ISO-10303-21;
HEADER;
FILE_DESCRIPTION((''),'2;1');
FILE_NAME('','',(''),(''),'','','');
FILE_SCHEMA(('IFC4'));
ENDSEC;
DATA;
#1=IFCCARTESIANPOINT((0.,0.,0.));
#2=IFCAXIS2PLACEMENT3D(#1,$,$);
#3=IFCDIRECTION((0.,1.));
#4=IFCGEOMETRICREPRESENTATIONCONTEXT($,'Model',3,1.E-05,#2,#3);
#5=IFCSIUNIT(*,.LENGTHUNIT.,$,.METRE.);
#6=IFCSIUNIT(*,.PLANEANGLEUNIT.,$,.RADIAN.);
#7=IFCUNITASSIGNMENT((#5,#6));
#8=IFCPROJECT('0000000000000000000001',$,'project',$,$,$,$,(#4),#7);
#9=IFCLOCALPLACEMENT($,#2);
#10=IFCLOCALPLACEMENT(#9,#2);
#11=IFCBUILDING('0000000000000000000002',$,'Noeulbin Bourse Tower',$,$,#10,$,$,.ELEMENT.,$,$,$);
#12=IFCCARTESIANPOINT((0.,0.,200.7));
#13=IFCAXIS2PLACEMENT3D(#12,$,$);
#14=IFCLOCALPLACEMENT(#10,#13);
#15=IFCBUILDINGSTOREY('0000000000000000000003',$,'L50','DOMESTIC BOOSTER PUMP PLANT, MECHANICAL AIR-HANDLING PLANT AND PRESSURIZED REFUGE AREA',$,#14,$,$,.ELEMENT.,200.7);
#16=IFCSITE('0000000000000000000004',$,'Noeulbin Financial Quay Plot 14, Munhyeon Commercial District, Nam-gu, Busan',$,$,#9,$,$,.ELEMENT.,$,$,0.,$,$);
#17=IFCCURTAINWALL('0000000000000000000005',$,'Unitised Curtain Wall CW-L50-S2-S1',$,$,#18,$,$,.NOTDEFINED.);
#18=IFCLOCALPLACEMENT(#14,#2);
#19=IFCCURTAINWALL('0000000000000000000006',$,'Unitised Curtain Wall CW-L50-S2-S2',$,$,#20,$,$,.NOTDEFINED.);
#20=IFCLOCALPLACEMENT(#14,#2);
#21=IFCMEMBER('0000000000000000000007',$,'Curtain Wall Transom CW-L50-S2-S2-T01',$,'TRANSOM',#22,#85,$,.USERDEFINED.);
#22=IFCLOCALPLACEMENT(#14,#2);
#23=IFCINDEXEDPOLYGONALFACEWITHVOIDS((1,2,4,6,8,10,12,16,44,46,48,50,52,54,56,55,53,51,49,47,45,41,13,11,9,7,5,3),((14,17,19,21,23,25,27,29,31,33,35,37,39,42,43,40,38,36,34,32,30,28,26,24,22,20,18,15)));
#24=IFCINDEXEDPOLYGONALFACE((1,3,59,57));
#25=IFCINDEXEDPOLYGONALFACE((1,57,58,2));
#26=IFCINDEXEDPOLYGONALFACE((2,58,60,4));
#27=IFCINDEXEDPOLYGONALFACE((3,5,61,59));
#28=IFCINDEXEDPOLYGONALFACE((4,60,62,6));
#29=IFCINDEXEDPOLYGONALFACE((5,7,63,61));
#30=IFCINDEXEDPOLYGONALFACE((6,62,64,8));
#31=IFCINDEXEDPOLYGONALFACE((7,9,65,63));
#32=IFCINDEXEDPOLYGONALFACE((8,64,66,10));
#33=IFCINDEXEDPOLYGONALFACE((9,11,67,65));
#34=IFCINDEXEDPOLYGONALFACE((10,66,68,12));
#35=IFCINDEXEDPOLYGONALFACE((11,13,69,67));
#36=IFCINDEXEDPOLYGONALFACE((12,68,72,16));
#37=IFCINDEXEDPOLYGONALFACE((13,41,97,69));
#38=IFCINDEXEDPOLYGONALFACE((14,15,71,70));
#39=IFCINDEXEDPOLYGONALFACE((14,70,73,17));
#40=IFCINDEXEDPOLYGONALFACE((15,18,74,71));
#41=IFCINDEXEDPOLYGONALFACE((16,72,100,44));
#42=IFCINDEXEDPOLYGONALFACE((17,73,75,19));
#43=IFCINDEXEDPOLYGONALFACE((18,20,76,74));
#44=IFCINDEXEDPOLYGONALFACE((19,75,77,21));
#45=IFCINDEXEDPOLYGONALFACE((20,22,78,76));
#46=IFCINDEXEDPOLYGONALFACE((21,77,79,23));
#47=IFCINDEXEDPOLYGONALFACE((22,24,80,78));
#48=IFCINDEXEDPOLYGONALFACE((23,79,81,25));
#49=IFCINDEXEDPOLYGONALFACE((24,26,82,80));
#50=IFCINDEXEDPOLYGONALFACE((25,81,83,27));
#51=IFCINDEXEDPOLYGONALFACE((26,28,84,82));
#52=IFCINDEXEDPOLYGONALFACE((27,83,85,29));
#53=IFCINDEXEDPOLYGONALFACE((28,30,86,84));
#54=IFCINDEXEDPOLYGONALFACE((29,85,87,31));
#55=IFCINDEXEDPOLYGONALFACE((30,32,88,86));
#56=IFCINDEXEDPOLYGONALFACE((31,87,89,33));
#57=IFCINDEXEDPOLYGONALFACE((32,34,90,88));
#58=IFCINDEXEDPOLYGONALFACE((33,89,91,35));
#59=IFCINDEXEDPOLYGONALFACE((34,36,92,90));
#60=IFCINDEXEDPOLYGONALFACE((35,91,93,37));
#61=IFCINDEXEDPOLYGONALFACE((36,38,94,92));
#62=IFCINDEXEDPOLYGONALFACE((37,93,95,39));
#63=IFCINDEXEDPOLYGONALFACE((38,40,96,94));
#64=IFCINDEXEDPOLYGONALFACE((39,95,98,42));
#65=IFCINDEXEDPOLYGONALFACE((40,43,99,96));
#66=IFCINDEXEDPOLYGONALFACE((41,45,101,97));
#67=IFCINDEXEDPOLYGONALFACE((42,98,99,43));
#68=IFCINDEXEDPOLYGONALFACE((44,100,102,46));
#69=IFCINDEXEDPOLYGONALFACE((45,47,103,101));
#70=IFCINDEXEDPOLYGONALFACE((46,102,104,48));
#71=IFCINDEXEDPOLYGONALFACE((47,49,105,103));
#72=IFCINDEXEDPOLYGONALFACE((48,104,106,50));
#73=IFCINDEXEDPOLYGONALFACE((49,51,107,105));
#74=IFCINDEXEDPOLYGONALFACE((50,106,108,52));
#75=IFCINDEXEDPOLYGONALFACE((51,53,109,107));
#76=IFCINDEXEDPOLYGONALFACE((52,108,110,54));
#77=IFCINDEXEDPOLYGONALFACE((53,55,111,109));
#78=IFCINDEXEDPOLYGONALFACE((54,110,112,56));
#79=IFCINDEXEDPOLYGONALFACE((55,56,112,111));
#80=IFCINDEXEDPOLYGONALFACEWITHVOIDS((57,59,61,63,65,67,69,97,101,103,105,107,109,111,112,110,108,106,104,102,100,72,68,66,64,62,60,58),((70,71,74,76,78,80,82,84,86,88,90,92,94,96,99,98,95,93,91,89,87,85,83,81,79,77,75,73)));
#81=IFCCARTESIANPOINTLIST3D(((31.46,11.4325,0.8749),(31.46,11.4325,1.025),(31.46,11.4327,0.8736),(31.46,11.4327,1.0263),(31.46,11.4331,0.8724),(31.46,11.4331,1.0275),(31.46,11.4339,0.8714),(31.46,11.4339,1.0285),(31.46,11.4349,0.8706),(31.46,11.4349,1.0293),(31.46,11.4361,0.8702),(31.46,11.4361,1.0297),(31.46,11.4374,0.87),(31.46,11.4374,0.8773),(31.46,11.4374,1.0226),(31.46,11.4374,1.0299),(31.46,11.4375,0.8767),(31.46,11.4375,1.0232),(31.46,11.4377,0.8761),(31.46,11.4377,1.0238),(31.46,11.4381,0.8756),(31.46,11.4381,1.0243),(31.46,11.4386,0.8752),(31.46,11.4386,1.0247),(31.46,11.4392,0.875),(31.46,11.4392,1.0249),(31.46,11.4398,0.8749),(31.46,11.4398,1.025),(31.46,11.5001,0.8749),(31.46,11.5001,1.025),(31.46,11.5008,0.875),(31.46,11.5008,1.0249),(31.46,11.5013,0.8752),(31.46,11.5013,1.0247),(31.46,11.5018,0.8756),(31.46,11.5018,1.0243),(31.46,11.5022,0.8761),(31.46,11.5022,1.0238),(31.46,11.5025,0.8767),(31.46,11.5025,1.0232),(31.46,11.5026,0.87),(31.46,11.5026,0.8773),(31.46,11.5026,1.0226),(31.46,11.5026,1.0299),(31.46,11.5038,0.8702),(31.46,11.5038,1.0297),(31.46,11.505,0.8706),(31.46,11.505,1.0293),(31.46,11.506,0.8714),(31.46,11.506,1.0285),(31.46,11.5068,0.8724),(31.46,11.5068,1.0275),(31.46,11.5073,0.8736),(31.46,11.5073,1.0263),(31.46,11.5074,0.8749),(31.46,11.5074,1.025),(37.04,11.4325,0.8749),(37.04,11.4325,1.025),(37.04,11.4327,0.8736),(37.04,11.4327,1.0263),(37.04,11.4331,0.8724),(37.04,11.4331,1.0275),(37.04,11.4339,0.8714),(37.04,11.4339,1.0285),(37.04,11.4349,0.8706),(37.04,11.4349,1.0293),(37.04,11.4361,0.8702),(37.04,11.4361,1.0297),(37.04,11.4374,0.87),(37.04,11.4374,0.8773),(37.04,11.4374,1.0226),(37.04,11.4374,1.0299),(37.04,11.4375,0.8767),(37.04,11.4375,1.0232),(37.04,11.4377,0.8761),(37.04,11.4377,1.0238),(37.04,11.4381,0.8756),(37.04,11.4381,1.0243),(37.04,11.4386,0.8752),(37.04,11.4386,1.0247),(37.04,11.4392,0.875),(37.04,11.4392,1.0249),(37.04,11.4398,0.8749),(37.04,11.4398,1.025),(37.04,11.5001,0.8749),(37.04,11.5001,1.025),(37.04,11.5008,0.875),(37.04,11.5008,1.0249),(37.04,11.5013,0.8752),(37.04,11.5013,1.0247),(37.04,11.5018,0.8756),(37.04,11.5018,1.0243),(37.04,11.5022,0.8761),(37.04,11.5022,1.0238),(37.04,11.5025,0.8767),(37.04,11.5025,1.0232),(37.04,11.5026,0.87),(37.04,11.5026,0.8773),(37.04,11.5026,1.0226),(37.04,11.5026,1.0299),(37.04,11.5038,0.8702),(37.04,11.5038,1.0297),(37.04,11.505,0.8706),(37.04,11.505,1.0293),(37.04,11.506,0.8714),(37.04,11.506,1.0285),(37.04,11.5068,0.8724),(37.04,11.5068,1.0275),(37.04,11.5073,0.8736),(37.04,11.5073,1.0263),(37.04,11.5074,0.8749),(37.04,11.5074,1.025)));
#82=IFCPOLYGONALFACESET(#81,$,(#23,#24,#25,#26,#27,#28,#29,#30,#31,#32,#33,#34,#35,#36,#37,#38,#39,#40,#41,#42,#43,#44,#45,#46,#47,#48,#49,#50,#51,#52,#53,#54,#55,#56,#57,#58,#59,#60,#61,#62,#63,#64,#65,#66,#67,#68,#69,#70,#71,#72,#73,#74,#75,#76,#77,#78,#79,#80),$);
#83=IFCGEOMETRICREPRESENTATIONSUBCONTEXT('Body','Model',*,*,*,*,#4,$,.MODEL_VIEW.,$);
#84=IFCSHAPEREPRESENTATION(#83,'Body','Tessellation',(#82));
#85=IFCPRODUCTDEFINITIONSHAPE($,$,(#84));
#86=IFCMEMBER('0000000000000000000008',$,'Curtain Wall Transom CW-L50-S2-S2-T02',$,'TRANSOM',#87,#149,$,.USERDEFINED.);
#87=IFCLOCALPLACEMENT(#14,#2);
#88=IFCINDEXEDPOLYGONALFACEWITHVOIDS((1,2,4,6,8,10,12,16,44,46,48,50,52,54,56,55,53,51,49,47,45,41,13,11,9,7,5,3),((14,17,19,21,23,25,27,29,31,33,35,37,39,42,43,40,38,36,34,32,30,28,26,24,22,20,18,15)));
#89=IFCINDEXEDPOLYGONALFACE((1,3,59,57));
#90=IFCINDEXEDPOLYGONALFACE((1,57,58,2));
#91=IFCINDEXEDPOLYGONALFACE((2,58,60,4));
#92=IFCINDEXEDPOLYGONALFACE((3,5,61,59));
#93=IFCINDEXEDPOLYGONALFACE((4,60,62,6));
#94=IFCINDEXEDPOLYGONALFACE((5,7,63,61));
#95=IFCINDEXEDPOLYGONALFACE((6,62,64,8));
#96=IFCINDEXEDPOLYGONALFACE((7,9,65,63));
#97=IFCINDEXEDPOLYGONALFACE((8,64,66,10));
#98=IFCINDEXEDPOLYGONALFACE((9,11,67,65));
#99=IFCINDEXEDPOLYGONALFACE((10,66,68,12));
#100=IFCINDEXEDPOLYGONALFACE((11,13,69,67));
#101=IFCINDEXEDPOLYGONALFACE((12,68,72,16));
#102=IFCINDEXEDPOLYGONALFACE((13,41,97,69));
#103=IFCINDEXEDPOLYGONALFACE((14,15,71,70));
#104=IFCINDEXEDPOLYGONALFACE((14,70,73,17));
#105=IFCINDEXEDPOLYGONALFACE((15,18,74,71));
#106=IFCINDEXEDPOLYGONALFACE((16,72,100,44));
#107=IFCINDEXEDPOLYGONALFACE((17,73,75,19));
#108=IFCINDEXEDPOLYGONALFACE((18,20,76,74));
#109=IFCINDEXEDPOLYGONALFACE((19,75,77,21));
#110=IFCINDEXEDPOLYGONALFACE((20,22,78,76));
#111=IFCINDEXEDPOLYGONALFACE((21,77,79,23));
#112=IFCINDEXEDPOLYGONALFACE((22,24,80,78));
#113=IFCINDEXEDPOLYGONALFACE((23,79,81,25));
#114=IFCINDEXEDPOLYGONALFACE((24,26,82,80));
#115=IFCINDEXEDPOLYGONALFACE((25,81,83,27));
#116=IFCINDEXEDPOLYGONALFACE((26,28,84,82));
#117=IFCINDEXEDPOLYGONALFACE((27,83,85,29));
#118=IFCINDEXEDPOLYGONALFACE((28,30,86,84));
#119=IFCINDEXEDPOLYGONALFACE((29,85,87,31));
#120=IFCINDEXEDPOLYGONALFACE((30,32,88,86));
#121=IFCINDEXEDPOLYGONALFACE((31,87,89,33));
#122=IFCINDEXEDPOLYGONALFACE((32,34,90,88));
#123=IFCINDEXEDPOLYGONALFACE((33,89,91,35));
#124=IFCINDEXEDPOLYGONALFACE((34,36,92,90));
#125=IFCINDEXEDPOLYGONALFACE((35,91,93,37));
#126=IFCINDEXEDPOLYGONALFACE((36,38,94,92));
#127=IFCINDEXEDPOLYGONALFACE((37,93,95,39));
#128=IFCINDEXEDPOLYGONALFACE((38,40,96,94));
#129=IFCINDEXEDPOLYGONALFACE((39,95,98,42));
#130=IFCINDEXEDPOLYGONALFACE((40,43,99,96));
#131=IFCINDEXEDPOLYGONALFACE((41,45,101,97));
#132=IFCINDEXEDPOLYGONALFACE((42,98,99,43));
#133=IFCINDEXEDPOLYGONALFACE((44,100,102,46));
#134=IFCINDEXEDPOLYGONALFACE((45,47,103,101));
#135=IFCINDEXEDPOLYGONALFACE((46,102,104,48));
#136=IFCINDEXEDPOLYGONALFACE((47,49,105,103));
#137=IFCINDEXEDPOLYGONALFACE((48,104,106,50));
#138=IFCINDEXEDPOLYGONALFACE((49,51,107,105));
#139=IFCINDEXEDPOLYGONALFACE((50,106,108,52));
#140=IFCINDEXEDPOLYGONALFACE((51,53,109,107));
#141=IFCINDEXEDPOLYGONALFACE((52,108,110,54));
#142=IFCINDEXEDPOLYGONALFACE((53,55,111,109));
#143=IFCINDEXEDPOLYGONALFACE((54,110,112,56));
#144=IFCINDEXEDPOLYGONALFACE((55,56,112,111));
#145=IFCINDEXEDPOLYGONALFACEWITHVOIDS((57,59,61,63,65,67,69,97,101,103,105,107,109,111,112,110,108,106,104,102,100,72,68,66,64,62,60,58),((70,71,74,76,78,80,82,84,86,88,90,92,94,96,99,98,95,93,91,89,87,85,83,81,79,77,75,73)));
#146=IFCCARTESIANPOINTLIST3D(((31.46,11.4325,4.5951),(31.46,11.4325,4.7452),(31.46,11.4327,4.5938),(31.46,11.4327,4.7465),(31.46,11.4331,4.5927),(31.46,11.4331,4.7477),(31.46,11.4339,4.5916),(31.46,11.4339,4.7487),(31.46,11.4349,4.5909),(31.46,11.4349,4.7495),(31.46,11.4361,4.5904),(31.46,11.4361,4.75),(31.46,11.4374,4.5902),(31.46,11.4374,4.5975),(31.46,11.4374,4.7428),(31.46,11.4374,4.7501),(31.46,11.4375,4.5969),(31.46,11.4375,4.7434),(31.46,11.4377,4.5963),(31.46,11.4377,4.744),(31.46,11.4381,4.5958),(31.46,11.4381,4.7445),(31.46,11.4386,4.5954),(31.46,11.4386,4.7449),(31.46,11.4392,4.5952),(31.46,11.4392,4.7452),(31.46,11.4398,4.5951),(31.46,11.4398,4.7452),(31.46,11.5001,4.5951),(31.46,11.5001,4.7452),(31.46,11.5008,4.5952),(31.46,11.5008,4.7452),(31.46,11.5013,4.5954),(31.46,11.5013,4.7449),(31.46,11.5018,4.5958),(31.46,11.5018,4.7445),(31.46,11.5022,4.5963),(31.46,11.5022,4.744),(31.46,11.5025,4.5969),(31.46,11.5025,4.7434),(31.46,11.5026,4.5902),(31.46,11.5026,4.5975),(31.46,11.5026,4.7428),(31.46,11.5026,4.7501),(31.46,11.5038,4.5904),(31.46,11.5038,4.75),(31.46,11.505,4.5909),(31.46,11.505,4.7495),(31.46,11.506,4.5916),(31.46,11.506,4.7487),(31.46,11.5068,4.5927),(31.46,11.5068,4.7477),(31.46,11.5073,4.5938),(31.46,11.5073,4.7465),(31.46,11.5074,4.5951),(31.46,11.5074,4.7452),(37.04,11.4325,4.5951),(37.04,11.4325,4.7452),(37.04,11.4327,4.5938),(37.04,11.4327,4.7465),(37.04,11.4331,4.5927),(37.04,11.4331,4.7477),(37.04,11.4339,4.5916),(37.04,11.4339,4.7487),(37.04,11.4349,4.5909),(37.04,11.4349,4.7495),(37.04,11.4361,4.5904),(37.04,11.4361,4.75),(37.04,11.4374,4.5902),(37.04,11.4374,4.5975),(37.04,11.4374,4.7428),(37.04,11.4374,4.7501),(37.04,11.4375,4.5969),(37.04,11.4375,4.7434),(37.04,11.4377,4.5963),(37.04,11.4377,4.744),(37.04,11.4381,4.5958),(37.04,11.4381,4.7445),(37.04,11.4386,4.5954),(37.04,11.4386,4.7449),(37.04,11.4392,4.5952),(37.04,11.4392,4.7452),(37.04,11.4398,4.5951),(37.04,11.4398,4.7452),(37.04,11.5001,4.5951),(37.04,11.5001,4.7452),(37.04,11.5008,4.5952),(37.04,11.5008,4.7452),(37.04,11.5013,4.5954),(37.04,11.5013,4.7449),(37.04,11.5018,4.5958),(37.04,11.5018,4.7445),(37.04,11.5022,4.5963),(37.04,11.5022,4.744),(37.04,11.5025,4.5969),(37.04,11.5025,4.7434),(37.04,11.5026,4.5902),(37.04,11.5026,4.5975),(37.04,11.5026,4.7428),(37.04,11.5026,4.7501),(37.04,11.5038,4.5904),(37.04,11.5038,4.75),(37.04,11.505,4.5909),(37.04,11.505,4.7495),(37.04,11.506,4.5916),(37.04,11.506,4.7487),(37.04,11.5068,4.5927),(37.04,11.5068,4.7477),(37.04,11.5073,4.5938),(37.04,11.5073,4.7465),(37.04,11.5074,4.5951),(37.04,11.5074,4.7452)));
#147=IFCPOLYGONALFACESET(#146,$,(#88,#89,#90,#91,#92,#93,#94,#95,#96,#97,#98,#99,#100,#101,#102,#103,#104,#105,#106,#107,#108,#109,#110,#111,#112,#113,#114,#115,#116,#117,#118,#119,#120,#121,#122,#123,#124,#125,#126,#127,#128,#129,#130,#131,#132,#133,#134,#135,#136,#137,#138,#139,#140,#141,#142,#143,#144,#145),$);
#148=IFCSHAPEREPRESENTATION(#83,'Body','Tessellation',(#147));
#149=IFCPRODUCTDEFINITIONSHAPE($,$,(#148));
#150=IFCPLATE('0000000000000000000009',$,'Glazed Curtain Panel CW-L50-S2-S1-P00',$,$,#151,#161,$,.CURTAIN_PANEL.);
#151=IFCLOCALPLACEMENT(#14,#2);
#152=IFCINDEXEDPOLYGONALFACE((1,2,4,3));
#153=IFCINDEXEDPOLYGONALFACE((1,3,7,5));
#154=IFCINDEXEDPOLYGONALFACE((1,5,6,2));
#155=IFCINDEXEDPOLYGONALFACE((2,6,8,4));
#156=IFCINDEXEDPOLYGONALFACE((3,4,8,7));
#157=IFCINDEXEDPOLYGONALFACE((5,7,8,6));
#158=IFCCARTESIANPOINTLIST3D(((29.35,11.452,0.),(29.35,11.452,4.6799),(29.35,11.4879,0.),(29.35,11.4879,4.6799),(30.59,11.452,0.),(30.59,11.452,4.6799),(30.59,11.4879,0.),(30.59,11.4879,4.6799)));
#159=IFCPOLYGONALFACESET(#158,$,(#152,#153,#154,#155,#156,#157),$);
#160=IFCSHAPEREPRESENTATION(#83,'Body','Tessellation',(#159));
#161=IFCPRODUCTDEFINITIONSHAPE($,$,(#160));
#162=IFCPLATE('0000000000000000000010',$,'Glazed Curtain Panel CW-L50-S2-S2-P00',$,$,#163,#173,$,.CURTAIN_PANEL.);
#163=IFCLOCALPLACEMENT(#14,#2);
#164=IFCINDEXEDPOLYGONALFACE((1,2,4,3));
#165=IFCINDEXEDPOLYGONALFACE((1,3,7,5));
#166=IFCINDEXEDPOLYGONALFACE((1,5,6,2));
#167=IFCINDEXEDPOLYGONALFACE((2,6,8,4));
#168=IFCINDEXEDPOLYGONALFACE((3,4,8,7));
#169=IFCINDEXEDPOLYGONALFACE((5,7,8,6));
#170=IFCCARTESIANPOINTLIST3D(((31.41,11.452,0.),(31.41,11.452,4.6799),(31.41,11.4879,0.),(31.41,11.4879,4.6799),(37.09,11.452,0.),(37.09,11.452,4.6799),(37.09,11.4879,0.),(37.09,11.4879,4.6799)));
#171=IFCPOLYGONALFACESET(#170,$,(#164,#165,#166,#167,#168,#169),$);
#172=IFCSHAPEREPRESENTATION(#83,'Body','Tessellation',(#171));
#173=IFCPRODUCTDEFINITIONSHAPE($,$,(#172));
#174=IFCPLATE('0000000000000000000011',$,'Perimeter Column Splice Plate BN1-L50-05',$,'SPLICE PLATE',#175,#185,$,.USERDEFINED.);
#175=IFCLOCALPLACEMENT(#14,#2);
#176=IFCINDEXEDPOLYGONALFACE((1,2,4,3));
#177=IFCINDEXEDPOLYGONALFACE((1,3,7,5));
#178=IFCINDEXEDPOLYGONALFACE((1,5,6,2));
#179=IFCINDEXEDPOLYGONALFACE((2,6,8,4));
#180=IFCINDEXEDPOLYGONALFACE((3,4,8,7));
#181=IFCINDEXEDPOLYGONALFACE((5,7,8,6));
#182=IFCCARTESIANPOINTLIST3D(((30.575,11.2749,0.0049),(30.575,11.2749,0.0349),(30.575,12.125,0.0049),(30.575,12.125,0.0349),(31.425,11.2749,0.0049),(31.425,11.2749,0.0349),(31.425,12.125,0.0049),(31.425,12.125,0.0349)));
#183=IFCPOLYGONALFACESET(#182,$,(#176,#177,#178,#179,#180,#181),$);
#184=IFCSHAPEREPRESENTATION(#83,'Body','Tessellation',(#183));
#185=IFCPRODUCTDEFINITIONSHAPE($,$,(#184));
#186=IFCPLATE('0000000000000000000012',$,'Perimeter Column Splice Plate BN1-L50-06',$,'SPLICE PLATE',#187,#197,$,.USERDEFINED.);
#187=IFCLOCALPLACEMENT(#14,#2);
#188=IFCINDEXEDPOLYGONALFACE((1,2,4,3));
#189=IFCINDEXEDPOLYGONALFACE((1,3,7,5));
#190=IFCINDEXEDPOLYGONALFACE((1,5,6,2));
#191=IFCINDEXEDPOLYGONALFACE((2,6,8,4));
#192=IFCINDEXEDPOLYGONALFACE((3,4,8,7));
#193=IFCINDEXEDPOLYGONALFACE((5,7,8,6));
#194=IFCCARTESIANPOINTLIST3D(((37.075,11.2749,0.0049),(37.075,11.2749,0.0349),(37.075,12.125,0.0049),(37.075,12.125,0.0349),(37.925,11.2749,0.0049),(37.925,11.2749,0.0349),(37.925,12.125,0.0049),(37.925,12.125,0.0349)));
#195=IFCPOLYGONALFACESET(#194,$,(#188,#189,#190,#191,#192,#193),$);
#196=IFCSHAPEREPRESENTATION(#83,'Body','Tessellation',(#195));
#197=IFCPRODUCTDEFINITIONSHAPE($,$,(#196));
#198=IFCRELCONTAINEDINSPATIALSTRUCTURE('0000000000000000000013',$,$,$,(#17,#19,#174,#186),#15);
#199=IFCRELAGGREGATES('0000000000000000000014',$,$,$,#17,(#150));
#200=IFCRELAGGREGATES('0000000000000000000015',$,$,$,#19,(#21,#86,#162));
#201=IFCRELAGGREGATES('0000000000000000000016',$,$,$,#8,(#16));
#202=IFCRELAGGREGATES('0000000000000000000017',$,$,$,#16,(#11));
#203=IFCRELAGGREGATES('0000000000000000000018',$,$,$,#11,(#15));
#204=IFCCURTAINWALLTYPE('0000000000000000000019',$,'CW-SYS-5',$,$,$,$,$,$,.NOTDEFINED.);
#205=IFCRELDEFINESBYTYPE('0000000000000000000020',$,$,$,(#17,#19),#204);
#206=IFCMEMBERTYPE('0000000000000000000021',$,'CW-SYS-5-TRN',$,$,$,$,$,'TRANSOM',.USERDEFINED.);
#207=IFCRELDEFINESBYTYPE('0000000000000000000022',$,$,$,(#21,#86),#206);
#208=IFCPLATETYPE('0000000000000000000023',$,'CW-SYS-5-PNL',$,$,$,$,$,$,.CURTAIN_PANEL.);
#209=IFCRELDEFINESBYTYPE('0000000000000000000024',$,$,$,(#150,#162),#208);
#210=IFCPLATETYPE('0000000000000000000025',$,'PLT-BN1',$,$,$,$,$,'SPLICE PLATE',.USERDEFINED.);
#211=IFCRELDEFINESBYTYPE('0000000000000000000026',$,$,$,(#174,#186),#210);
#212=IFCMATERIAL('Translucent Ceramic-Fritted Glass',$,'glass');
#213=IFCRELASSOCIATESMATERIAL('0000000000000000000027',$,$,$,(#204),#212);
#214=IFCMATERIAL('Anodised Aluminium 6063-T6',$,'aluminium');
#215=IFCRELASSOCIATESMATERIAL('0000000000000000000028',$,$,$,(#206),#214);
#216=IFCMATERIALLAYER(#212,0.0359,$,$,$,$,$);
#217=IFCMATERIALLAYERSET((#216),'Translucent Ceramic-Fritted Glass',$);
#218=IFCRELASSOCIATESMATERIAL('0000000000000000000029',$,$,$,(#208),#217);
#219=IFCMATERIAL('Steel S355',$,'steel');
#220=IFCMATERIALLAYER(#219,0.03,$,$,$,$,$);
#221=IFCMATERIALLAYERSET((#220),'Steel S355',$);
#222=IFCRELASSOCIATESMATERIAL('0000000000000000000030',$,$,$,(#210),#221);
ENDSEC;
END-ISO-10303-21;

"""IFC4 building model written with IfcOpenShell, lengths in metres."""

from ifc_helpers import new_model, si_unit, direction, frame, origin, origin_2d, place, context, subcontext, project, spatial, rectangle, hollow_rectangle, extrude, material, layer, layer_set, material_profile, profile_set, type_object, element, aggregate, save


model = new_model("IFC4")

# Units and contexts
model_context = context("Model", 3, precision=1e-05, world=origin(), true_north=direction((0.0, 1.0)))
body_context = subcontext(model_context, "Body", "Model", "MODEL_VIEW")
ifc_project = project(units=[si_unit("LENGTHUNIT", "METRE"), si_unit("PLANEANGLEUNIT", "RADIAN")], contexts=[model_context])

# Site, building, storey
site_placement = place(None, origin())
site = spatial("IfcSite", under=ifc_project, at=site_placement, Name="Noeulbin Financial Quay Plot 14, Munhyeon Commercial District, Nam-gu, Busan", CompositionType="ELEMENT", RefElevation=0.0)
building_placement = place(site_placement, origin())
building = spatial("IfcBuilding", under=site, at=building_placement, Name="Noeulbin Bourse Tower", CompositionType="ELEMENT")
storey_placement = place(building_placement, frame((0.0, 0.0, 200.7)))
storey = spatial("IfcBuildingStorey", under=building, at=storey_placement, Name="L50", Description="DOMESTIC BOOSTER PUMP PLANT, MECHANICAL AIR-HANDLING PLANT AND PRESSURIZED REFUGE AREA", CompositionType="ELEMENT", Elevation=200.7)

# Shared definitions
ifc_material_1 = material(Name="Steel S355", Category="steel")

# Curtain wall
ifc_material_2 = material(Name="Translucent Ceramic-Fritted Glass", Category="glass")
curtain_wall_type = type_object("IfcCurtainWallType", Name="CW-SYS-5", PredefinedType="NOTDEFINED", material=ifc_material_2)
curtain_wall_1_placement = place(storey_placement, origin())
curtain_wall_1 = element("IfcCurtainWall", 1, at=curtain_wall_1_placement, inside=storey, type_object=curtain_wall_type, Name="Unitised Curtain Wall CW-L50-S2-S1", PredefinedType="NOTDEFINED")
ifc_material_3 = material(Name="Anodised Aluminium 6063-T6", Category="aluminium")

# Curtain wall, members
curtain_wall_2_placement = place(storey_placement, origin())
curtain_wall_2 = element("IfcCurtainWall", 2, at=curtain_wall_2_placement, inside=storey, type_object=curtain_wall_type, Name="Unitised Curtain Wall CW-L50-S2-S2", PredefinedType="NOTDEFINED")
ifc_material_profile_1 = material_profile(ifc_material_3, hollow_rectangle(XDim=0.075, YDim=0.1599, WallThickness=0.0049, InnerFilletRadius=0.0024, OuterFilletRadius=0.0049, at=origin_2d()), Name="ALU-TRAN-75x160x5", Category="LoadBearing")
ifc_profile_set_1 = profile_set([ifc_material_profile_1], Name="Anodised Aluminium 6063-T6")
member_type_1 = type_object("IfcMemberType", Name="CW-SYS-5-TRN", ElementType="TRANSOM", PredefinedType="USERDEFINED", material=ifc_profile_set_1)
member_1_placement = place(storey_placement, frame((31.46, 11.47, 0.95), z_axis=(1.0, 0.0, 0.0), x_axis=(0.0, 1.0, 0.0)))
member_1 = element("IfcMember", 3, at=member_1_placement, type_object=member_type_1, Name="Curtain Wall Transom CW-L50-S2-S2-T01", ObjectType="TRANSOM", PredefinedType="USERDEFINED", context=body_context, shape_type="SweptSolid", body=[
    extrude(hollow_rectangle(XDim=0.075, YDim=0.1599, WallThickness=0.0049, InnerFilletRadius=0.0024, OuterFilletRadius=0.0049, at=origin_2d()), origin(), (0.0, 0.0, 1.0), 5.5801),
])
member_2_placement = place(storey_placement, frame((31.46, 11.47, 4.6702), z_axis=(1.0, 0.0, 0.0), x_axis=(0.0, 1.0, 0.0)))
member_2 = element("IfcMember", 4, at=member_2_placement, type_object=member_type_1, Name="Curtain Wall Transom CW-L50-S2-S2-T02", ObjectType="TRANSOM", PredefinedType="USERDEFINED", context=body_context, shape_type="SweptSolid", body=[
    extrude(hollow_rectangle(XDim=0.075, YDim=0.1599, WallThickness=0.0049, InnerFilletRadius=0.0024, OuterFilletRadius=0.0049, at=origin_2d()), origin(), (0.0, 0.0, 1.0), 5.5801),
])

# Plates
ifc_layer_1 = layer(ifc_material_2, 0.0359)
ifc_layer_set_1 = layer_set([ifc_layer_1], Name="Translucent Ceramic-Fritted Glass")
plate_type_1 = type_object("IfcPlateType", Name="CW-SYS-5-PNL", PredefinedType="CURTAIN_PANEL", material=ifc_layer_set_1)
plate_1_placement = place(storey_placement, frame((29.97, 11.47, 0.0), z_axis=(0.0, 0.0, 1.0), x_axis=(1.0, 0.0, 0.0)))
plate_1 = element("IfcPlate", 5, at=plate_1_placement, type_object=plate_type_1, Name="Glazed Curtain Panel CW-L50-S2-S1-P00", PredefinedType="CURTAIN_PANEL", context=body_context, shape_type="SweptSolid", body=[
    extrude(rectangle(XDim=1.24, YDim=0.0359, at=origin_2d()), origin(), (0.0, 0.0, 1.0), 4.6799),
])
aggregate(curtain_wall_1, [plate_1])
plate_2_placement = place(storey_placement, frame((34.25, 11.47, 0.0), z_axis=(0.0, 0.0, 1.0), x_axis=(1.0, 0.0, 0.0)))
plate_2 = element("IfcPlate", 6, at=plate_2_placement, type_object=plate_type_1, Name="Glazed Curtain Panel CW-L50-S2-S2-P00", PredefinedType="CURTAIN_PANEL", context=body_context, shape_type="SweptSolid", body=[
    extrude(rectangle(XDim=5.6799, YDim=0.0359, at=origin_2d()), origin(), (0.0, 0.0, 1.0), 4.6799),
])
aggregate(curtain_wall_2, [member_1, member_2, plate_2])

# Plates
ifc_layer_2 = layer(ifc_material_1, 0.03)
ifc_layer_set_2 = layer_set([ifc_layer_2], Name="Steel S355")
plate_type_2 = type_object("IfcPlateType", Name="PLT-BN1", ElementType="SPLICE PLATE", PredefinedType="USERDEFINED", material=ifc_layer_set_2)
for number, where, z_axis, x_axis, name in (
    (7, (31.0, 11.7, 0.0049), (0.0, 0.0, 1.0), (1.0, 0.0, 0.0), "Perimeter Column Splice Plate BN1-L50-05"),
    (8, (37.5, 11.7, 0.0049), (0.0, 0.0, 1.0), (1.0, 0.0, 0.0), "Perimeter Column Splice Plate BN1-L50-06"),
):
    element("IfcPlate", number, at=place(storey_placement, frame(where, z_axis=z_axis, x_axis=x_axis)), inside=storey, type_object=plate_type_2, Name=name, ObjectType="SPLICE PLATE", PredefinedType="USERDEFINED", context=body_context, shape_type="SweptSolid", body=[
        extrude(rectangle(XDim=0.8501, YDim=0.8501, at=origin_2d()), origin(), (0.0, 0.0, 1.0), 0.03),
    ])

save(model, "model.ifc")
